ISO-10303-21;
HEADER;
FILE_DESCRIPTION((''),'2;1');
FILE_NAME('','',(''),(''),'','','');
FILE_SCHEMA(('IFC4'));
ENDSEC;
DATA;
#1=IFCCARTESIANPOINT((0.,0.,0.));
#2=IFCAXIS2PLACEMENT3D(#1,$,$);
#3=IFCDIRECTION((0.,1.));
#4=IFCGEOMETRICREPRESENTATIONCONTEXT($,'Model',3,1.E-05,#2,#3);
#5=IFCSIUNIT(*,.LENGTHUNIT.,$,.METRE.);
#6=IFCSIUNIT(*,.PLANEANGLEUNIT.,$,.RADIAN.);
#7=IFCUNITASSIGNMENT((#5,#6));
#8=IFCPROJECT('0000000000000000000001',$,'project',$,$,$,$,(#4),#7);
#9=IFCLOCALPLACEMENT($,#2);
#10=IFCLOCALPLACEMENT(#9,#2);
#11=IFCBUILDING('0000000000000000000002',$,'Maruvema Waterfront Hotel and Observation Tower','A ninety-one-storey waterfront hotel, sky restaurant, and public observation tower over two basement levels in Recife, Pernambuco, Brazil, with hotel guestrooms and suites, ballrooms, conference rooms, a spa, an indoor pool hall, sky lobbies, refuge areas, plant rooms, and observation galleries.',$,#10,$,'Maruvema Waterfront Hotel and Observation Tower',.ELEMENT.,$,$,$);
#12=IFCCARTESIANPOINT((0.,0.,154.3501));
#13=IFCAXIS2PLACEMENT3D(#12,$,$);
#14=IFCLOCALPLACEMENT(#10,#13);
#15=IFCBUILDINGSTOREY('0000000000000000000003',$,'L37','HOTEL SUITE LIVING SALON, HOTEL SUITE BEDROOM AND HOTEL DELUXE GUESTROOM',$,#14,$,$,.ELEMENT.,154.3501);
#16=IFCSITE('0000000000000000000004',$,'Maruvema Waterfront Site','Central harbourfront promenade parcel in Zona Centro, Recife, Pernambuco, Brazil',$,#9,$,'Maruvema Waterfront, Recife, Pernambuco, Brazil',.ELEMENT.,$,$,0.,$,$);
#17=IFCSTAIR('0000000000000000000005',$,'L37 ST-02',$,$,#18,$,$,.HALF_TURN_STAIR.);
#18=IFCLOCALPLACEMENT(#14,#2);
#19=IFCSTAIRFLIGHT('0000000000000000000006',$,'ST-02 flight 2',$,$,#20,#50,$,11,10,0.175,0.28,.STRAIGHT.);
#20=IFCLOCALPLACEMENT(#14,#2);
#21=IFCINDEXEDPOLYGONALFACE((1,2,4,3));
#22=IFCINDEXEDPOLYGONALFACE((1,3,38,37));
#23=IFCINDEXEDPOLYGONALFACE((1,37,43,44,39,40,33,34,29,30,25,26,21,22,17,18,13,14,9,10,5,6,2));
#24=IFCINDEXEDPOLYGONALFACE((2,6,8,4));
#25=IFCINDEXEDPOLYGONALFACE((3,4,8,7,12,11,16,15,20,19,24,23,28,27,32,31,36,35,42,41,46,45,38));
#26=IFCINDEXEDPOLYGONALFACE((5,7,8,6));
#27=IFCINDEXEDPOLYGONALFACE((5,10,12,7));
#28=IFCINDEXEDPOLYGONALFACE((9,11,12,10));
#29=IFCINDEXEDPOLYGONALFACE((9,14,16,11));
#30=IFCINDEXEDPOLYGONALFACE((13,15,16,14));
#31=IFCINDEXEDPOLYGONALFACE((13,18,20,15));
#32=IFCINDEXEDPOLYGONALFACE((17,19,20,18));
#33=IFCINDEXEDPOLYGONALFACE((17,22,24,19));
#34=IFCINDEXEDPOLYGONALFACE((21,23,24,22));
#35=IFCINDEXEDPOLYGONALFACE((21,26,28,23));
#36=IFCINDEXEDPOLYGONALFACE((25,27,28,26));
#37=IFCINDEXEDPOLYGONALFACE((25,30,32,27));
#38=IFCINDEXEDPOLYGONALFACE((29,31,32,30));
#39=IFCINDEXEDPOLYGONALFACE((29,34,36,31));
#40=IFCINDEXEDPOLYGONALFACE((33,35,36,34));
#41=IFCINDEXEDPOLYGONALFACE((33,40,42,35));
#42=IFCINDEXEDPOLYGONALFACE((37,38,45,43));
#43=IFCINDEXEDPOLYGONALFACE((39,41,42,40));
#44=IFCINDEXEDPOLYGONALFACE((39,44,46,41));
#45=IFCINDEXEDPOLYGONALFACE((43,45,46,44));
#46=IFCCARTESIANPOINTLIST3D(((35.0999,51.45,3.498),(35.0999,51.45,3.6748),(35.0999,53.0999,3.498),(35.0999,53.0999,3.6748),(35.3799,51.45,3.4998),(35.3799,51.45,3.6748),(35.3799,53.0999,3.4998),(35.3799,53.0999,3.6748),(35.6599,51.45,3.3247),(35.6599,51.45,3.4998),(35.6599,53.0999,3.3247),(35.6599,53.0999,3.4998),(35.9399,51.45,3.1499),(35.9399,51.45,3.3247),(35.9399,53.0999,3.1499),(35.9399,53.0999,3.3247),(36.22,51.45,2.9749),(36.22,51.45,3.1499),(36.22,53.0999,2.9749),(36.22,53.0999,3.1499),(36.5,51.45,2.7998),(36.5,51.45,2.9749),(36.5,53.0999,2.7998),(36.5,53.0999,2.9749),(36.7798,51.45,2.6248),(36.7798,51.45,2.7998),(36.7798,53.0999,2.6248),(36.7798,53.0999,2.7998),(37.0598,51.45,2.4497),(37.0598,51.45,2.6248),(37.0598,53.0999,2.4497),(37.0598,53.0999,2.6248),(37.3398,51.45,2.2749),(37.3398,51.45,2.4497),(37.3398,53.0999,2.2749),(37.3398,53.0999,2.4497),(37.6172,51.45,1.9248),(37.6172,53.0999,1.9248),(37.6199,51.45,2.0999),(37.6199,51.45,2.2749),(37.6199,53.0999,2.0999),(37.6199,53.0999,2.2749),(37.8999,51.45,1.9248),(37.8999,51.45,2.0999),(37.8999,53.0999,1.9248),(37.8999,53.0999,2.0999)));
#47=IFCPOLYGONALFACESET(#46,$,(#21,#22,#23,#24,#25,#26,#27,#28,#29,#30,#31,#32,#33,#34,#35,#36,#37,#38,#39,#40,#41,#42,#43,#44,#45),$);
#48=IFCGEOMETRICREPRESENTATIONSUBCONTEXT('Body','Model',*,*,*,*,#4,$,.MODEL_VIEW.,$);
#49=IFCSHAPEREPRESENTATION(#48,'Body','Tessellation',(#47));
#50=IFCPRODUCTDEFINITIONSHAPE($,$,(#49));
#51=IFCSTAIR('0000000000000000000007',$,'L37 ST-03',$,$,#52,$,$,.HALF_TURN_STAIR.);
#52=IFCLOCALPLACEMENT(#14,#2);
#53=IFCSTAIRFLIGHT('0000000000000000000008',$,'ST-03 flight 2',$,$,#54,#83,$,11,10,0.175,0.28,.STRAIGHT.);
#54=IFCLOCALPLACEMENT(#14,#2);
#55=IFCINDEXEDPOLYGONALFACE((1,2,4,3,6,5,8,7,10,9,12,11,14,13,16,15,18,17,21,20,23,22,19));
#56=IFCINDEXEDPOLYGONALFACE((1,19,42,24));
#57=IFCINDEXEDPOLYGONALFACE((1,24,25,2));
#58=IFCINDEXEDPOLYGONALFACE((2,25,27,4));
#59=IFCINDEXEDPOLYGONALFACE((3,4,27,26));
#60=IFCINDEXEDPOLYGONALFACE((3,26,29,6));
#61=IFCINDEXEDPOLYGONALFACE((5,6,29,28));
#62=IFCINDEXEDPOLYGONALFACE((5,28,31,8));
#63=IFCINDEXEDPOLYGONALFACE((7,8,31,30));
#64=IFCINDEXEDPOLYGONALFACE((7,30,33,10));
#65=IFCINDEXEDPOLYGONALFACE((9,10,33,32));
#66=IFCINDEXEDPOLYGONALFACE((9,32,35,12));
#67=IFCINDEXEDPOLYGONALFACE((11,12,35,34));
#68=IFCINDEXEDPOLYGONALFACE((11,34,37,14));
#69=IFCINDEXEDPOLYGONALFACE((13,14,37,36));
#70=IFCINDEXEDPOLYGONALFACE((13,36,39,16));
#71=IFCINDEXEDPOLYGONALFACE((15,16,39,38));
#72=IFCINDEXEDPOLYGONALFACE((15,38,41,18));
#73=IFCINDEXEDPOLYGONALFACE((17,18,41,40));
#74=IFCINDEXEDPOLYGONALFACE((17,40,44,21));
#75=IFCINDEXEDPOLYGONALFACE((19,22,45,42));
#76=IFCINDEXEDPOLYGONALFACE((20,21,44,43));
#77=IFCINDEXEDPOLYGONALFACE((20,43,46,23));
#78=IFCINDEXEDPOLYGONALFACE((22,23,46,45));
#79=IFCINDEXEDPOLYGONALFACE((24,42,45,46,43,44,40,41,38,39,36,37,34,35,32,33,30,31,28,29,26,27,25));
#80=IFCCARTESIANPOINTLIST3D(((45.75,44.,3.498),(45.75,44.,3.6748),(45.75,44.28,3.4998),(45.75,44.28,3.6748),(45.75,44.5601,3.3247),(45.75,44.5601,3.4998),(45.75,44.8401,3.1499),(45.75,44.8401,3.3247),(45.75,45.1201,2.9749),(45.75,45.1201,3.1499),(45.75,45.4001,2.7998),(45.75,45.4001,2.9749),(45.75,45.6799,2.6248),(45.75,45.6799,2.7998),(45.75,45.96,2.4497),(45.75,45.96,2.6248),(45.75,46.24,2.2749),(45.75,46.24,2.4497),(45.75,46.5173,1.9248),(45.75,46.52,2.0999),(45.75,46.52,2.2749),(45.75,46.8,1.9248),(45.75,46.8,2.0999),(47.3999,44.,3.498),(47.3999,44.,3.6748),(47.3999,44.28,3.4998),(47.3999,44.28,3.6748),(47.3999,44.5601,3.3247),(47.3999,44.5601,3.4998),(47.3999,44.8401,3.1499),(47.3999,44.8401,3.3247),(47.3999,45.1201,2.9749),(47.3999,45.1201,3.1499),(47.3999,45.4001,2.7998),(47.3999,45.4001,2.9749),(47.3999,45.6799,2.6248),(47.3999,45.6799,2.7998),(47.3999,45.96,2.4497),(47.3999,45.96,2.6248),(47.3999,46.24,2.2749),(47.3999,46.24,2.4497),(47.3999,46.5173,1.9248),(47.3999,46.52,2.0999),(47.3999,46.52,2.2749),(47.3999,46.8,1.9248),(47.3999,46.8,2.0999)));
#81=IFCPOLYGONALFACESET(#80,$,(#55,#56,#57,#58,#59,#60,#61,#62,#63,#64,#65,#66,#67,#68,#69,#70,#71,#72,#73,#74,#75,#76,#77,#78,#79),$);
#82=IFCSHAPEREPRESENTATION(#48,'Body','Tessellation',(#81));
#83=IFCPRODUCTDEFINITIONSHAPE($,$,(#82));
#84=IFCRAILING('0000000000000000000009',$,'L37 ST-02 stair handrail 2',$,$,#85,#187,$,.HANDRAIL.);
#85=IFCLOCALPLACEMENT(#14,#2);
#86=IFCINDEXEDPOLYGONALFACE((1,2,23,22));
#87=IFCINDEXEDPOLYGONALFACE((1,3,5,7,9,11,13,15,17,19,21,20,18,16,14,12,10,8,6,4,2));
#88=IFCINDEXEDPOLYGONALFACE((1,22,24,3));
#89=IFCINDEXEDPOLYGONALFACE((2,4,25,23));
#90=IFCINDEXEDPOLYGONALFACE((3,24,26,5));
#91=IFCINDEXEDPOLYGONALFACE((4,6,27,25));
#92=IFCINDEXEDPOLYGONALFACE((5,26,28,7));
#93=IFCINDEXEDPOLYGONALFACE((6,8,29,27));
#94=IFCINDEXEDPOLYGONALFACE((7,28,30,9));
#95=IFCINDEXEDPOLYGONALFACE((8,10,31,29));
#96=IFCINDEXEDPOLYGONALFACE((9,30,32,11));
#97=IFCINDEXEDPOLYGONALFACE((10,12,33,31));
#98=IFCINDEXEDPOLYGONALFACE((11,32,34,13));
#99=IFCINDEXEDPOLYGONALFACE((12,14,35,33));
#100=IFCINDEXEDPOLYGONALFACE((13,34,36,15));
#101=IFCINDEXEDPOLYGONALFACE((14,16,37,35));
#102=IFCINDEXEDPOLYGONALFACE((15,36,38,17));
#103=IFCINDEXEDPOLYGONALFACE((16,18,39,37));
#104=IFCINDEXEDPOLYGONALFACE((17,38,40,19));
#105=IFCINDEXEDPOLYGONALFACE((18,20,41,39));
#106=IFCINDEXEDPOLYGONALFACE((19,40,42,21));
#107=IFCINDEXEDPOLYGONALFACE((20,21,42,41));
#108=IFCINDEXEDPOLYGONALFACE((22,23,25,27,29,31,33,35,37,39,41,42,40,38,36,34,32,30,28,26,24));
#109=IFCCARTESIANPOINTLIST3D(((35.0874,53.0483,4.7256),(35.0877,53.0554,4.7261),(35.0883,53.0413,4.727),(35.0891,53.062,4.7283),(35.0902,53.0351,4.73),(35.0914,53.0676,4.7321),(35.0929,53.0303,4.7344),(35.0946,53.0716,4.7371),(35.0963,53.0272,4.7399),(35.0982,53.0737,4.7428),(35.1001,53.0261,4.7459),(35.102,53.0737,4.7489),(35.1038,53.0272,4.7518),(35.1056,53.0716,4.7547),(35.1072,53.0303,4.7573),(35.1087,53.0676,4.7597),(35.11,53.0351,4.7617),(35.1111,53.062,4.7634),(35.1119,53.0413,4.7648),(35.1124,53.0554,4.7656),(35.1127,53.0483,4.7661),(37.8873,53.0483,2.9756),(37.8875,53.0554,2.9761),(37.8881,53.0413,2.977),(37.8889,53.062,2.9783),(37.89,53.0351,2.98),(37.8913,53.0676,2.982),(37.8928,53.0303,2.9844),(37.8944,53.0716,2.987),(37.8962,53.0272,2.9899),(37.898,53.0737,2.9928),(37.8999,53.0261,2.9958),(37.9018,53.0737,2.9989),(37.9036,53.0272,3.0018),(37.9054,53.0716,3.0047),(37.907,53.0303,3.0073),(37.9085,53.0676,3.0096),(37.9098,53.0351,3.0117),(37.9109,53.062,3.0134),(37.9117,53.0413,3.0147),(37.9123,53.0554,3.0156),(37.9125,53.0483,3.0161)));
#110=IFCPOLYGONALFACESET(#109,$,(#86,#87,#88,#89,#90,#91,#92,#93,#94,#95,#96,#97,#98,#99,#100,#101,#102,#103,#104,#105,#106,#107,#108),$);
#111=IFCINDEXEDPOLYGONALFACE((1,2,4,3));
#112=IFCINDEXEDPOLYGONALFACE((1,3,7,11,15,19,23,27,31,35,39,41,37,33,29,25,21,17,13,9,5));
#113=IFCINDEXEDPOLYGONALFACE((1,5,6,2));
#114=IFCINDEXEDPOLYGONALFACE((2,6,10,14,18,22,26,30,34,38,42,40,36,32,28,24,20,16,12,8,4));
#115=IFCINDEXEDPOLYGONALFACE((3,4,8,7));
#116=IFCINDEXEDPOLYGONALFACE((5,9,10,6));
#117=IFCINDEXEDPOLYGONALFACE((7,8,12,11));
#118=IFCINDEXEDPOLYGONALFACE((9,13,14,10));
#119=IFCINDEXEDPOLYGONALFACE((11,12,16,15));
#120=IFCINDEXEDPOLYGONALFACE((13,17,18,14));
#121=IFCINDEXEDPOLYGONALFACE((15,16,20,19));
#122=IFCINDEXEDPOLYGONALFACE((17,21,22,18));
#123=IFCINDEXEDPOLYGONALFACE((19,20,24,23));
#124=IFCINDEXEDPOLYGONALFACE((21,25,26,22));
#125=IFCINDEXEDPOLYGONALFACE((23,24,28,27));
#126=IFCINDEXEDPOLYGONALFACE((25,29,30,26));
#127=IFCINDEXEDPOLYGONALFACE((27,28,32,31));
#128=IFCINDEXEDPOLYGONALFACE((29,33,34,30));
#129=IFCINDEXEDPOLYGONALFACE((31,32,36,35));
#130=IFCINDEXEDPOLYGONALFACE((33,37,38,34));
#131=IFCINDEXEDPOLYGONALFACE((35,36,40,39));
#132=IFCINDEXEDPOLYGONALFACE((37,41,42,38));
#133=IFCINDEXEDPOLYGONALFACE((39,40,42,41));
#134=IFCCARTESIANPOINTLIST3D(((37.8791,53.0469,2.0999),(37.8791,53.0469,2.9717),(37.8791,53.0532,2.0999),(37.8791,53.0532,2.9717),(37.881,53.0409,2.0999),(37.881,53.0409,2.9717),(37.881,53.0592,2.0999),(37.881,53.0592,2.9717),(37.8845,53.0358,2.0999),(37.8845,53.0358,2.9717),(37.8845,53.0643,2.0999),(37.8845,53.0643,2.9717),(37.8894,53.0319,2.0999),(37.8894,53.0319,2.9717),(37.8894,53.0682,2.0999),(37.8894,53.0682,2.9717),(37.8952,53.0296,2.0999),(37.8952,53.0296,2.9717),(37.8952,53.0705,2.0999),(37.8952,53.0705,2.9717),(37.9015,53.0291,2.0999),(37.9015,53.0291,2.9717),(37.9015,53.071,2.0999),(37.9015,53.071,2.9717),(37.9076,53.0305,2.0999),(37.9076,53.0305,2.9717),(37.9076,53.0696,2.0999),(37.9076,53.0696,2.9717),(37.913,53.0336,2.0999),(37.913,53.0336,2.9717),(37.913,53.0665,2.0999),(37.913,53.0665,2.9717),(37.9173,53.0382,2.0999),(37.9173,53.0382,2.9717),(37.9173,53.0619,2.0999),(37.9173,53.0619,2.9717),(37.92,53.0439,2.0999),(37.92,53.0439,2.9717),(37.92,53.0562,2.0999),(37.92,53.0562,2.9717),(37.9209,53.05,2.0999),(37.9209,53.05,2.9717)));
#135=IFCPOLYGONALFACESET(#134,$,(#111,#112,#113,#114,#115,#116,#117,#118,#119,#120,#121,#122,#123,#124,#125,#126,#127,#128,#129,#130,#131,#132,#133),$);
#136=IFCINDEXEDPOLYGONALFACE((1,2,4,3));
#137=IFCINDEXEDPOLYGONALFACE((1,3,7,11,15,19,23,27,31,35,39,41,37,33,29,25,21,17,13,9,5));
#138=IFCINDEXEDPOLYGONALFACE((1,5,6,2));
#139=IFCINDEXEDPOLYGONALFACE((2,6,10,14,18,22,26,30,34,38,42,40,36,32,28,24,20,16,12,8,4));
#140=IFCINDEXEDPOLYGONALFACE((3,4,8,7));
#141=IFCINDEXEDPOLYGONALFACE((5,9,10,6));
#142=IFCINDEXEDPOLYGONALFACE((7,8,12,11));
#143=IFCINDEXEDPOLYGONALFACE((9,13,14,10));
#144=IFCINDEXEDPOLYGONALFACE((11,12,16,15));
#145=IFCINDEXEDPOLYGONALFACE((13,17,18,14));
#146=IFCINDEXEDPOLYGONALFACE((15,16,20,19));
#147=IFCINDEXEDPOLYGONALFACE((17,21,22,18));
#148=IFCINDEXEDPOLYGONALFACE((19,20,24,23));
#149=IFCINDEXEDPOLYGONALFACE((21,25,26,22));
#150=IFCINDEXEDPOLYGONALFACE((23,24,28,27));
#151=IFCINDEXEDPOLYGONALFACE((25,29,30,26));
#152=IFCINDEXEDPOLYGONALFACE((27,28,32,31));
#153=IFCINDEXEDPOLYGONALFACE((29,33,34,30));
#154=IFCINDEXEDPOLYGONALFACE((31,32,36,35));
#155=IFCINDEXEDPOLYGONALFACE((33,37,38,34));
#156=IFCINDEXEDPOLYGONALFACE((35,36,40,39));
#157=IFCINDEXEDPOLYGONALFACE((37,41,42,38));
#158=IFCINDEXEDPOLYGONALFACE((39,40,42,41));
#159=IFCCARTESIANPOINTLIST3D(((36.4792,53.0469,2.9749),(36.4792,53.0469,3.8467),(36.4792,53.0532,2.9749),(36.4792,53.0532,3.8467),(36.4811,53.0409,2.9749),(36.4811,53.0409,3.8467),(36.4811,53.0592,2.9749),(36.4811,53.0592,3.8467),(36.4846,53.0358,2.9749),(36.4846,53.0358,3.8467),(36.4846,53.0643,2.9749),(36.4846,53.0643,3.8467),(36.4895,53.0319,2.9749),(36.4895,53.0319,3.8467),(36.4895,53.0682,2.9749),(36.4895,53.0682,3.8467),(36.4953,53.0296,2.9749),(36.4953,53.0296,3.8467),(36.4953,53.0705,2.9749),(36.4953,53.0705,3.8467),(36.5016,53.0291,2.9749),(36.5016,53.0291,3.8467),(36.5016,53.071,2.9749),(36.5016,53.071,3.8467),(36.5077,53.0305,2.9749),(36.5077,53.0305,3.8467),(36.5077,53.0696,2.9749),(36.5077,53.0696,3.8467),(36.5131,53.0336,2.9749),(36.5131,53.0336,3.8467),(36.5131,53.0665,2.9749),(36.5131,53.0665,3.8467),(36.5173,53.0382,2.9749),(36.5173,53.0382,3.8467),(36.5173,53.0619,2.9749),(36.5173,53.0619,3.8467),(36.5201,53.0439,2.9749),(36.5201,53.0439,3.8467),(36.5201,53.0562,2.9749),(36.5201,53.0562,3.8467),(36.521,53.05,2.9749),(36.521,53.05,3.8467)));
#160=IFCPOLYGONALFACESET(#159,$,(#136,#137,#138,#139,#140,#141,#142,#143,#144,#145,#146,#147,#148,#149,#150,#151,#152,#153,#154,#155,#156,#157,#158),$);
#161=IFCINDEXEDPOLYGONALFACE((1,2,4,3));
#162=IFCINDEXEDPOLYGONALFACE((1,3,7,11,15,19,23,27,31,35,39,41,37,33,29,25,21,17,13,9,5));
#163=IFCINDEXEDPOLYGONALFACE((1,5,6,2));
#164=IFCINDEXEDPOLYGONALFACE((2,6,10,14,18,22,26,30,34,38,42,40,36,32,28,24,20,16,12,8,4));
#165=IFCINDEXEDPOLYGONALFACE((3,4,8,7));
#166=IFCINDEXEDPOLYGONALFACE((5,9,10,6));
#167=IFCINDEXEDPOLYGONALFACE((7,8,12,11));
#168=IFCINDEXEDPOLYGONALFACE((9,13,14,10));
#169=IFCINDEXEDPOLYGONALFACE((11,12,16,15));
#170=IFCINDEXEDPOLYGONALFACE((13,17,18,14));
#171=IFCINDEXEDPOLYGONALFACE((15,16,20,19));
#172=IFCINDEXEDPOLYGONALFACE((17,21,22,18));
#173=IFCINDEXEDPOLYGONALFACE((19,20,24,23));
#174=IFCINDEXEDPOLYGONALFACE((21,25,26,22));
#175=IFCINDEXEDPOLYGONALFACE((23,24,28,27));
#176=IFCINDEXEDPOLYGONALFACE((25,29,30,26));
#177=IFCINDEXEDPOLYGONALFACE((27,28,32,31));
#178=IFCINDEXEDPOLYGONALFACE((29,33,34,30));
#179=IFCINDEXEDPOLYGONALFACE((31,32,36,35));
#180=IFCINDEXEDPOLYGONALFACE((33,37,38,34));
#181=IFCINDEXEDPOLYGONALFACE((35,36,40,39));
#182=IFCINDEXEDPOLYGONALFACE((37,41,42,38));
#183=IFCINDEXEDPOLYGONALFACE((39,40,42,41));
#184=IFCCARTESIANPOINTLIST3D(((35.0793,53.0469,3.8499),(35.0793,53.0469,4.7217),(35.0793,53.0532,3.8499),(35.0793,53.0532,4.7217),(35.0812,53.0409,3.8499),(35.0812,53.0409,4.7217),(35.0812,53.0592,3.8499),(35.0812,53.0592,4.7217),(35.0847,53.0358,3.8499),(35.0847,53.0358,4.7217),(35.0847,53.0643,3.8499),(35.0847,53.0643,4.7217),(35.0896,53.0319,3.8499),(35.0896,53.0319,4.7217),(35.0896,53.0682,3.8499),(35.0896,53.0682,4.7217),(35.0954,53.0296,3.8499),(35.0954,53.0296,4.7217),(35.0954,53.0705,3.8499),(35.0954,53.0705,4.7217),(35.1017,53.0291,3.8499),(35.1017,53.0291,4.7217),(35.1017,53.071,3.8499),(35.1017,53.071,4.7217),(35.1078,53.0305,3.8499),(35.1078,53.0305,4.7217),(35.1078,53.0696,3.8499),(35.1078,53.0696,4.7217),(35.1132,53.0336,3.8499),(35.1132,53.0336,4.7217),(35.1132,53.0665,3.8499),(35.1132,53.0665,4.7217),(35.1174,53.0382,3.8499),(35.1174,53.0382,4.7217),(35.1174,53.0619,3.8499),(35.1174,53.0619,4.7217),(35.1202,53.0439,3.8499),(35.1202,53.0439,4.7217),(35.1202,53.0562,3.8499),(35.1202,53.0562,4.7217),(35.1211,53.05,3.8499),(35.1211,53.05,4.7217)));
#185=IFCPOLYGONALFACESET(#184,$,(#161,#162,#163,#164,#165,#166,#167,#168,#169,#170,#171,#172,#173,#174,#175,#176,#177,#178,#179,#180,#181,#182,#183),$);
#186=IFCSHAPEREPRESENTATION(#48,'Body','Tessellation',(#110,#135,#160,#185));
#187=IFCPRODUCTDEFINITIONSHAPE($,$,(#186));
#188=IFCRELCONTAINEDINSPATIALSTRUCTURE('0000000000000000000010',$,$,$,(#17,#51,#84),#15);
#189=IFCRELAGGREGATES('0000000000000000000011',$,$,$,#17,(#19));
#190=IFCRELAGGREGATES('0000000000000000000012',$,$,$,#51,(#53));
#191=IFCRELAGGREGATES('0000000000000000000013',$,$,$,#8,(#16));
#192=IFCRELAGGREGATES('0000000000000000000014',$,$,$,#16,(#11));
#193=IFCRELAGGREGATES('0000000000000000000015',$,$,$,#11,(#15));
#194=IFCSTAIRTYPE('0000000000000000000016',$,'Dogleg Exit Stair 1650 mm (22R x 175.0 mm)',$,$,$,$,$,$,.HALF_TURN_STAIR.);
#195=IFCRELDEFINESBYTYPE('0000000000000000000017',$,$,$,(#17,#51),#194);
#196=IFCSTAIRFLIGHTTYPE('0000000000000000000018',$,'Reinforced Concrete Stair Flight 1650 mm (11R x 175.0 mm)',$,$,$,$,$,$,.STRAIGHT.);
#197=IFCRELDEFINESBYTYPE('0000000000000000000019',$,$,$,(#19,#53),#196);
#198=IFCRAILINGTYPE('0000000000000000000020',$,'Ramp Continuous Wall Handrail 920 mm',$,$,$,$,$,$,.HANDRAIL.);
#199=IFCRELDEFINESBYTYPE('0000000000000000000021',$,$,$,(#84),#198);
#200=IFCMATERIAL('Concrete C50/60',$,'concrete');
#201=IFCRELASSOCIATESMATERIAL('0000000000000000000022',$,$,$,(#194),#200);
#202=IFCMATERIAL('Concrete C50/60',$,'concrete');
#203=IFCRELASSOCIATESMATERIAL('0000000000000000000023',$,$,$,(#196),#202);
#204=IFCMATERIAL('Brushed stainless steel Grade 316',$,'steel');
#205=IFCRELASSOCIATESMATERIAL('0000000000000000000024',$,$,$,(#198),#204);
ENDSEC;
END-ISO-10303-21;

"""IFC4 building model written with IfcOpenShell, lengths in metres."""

from ifc_helpers import new_model, si_unit, direction, frame, origin, origin_2d, place, context, subcontext, project, spatial, polyline, circle, outline, extrude, material, type_object, element, aggregate, save


model = new_model("IFC4")

# Units and contexts
model_context = context("Model", 3, precision=1e-05, world=origin(), true_north=direction((0.0, 1.0)))
body_context = subcontext(model_context, "Body", "Model", "MODEL_VIEW")
ifc_project = project(units=[si_unit("LENGTHUNIT", "METRE"), si_unit("PLANEANGLEUNIT", "RADIAN")], contexts=[model_context])

# Site, building, storey
site_placement = place(None, origin())
site = spatial("IfcSite", under=ifc_project, at=site_placement, Name="Maruvema Waterfront Site", Description="Central harbourfront promenade parcel in Zona Centro, Recife, Pernambuco, Brazil", LongName="Maruvema Waterfront, Recife, Pernambuco, Brazil", CompositionType="ELEMENT", RefElevation=0.0)
building_placement = place(site_placement, origin())
building = spatial("IfcBuilding", under=site, at=building_placement, Name="Maruvema Waterfront Hotel and Observation Tower", Description="A ninety-one-storey waterfront hotel, sky restaurant, and public observation tower over two basement levels in Recife, Pernambuco, Brazil, with hotel guestrooms and suites, ballrooms, conference rooms, a spa, an indoor pool hall, sky lobbies, refuge areas, plant rooms, and observation galleries.", LongName="Maruvema Waterfront Hotel and Observation Tower", CompositionType="ELEMENT")
storey_placement = place(building_placement, frame((0.0, 0.0, 154.3501)))
storey = spatial("IfcBuildingStorey", under=building, at=storey_placement, Name="L37", Description="HOTEL SUITE LIVING SALON, HOTEL SUITE BEDROOM AND HOTEL DELUXE GUESTROOM", CompositionType="ELEMENT", Elevation=154.3501)

# Stairs, stair flights
ifc_material_1 = material(Name="Concrete C50/60", Category="concrete")
stair_type = type_object("IfcStairType", Name="Dogleg Exit Stair 1650 mm (22R x 175.0 mm)", PredefinedType="HALF_TURN_STAIR", material=ifc_material_1)
stair_1_placement = place(storey_placement, origin())
stair_1 = element("IfcStair", 1, at=stair_1_placement, inside=storey, type_object=stair_type, Name="L37 ST-02", PredefinedType="HALF_TURN_STAIR")
ifc_material_2 = material(Name="Concrete C50/60", Category="concrete")
stair_flight_type = type_object("IfcStairFlightType", Name="Reinforced Concrete Stair Flight 1650 mm (11R x 175.0 mm)", PredefinedType="STRAIGHT", material=ifc_material_2)
stair_flight_1_placement = place(storey_placement, frame((37.8999, 52.2749, 1.9248), z_axis=(0.0, 0.0, 1.0), x_axis=(-1.0, 0.0, 0.0)))
stair_flight_1 = element("IfcStairFlight", 2, at=stair_flight_1_placement, type_object=stair_flight_type, Name="ST-02 flight 2", NumberOfRisers=11, NumberOfTreads=10, PredefinedType="STRAIGHT", RiserHeight=0.175, TreadLength=0.28, context=body_context, shape_type="SweptSolid", body=[
    extrude(outline(polyline([(0.0, 0.0), (0.0, 0.175), (0.28, 0.175), (0.28, 0.3501), (0.5601, 0.3501), (0.5601, 0.5249), (0.8401, 0.5249), (0.8401, 0.7), (1.1201, 0.7), (1.1201, 0.875), (1.3999, 0.875), (1.3999, 1.05), (1.6799, 1.05), (1.6799, 1.2251), (1.96, 1.2251), (1.96, 1.3999), (2.24, 1.3999), (2.24, 1.575), (2.52, 1.575), (2.52, 1.75), (2.8, 1.75), (2.8, 1.925), (2.8, 1.5732), (0.2827, 0.0), (0.0, 0.0)])), frame((0.0, 0.825, 0.0), z_axis=(0.0, -1.0, 0.0), x_axis=(1.0, 0.0, 0.0)), (0.0, 0.0, 1.0), 1.6499),
])
aggregate(stair_1, [stair_flight_1])
stair_2_placement = place(storey_placement, origin())
stair_2 = element("IfcStair", 3, at=stair_2_placement, inside=storey, type_object=stair_type, Name="L37 ST-03", PredefinedType="HALF_TURN_STAIR")
stair_flight_2_placement = place(storey_placement, frame((46.575, 46.8, 1.9248), z_axis=(0.0, 0.0, 1.0), x_axis=(0.0, -1.0, 0.0)))
stair_flight_2 = element("IfcStairFlight", 4, at=stair_flight_2_placement, type_object=stair_flight_type, Name="ST-03 flight 2", NumberOfRisers=11, NumberOfTreads=10, PredefinedType="STRAIGHT", RiserHeight=0.175, TreadLength=0.28, context=body_context, shape_type="SweptSolid", body=[
    extrude(outline(polyline([(0.0, 0.0), (0.0, 0.175), (0.28, 0.175), (0.28, 0.3501), (0.5601, 0.3501), (0.5601, 0.5249), (0.8401, 0.5249), (0.8401, 0.7), (1.1201, 0.7), (1.1201, 0.875), (1.3999, 0.875), (1.3999, 1.05), (1.6799, 1.05), (1.6799, 1.2251), (1.96, 1.2251), (1.96, 1.3999), (2.24, 1.3999), (2.24, 1.575), (2.52, 1.575), (2.52, 1.75), (2.8, 1.75), (2.8, 1.925), (2.8, 1.5732), (0.2827, 0.0), (0.0, 0.0)])), frame((0.0, 0.825, 0.0), z_axis=(0.0, -1.0, 0.0), x_axis=(1.0, 0.0, 0.0)), (0.0, 0.0, 1.0), 1.6499),
])
aggregate(stair_2, [stair_flight_2])

# Railing
ifc_material_3 = material(Name="Brushed stainless steel Grade 316", Category="steel")
railing_type_1 = type_object("IfcRailingType", Name="Ramp Continuous Wall Handrail 920 mm", PredefinedType="HANDRAIL", material=ifc_material_3)
railing_1_placement = place(storey_placement, frame((37.8999, 53.05, 2.0999)))
element("IfcRailing", 5, at=railing_1_placement, inside=storey, type_object=railing_type_1, Name="L37 ST-02 stair handrail 2", PredefinedType="HANDRAIL", context=body_context, shape_type="SweptSolid", body=[
    extrude(circle(Radius=0.0239, at=origin_2d()), frame((0.0, 0.0, 0.896), z_axis=(-0.847982, 0.0, 0.530026), x_axis=(0.0, -1.0, 0.0)), (0.0, 0.0, 1.0), 3.3018),
    extrude(circle(Radius=0.021, at=origin_2d()), origin(), (0.0, 0.0, 1.0), 0.8718),
    extrude(circle(Radius=0.021, at=origin_2d()), frame((-1.3999, 0.0, 0.875)), (0.0, 0.0, 1.0), 0.8718),
    extrude(circle(Radius=0.021, at=origin_2d()), frame((-2.7998, 0.0, 1.75)), (0.0, 0.0, 1.0), 0.8718),
])

save(model, "model.ifc")
